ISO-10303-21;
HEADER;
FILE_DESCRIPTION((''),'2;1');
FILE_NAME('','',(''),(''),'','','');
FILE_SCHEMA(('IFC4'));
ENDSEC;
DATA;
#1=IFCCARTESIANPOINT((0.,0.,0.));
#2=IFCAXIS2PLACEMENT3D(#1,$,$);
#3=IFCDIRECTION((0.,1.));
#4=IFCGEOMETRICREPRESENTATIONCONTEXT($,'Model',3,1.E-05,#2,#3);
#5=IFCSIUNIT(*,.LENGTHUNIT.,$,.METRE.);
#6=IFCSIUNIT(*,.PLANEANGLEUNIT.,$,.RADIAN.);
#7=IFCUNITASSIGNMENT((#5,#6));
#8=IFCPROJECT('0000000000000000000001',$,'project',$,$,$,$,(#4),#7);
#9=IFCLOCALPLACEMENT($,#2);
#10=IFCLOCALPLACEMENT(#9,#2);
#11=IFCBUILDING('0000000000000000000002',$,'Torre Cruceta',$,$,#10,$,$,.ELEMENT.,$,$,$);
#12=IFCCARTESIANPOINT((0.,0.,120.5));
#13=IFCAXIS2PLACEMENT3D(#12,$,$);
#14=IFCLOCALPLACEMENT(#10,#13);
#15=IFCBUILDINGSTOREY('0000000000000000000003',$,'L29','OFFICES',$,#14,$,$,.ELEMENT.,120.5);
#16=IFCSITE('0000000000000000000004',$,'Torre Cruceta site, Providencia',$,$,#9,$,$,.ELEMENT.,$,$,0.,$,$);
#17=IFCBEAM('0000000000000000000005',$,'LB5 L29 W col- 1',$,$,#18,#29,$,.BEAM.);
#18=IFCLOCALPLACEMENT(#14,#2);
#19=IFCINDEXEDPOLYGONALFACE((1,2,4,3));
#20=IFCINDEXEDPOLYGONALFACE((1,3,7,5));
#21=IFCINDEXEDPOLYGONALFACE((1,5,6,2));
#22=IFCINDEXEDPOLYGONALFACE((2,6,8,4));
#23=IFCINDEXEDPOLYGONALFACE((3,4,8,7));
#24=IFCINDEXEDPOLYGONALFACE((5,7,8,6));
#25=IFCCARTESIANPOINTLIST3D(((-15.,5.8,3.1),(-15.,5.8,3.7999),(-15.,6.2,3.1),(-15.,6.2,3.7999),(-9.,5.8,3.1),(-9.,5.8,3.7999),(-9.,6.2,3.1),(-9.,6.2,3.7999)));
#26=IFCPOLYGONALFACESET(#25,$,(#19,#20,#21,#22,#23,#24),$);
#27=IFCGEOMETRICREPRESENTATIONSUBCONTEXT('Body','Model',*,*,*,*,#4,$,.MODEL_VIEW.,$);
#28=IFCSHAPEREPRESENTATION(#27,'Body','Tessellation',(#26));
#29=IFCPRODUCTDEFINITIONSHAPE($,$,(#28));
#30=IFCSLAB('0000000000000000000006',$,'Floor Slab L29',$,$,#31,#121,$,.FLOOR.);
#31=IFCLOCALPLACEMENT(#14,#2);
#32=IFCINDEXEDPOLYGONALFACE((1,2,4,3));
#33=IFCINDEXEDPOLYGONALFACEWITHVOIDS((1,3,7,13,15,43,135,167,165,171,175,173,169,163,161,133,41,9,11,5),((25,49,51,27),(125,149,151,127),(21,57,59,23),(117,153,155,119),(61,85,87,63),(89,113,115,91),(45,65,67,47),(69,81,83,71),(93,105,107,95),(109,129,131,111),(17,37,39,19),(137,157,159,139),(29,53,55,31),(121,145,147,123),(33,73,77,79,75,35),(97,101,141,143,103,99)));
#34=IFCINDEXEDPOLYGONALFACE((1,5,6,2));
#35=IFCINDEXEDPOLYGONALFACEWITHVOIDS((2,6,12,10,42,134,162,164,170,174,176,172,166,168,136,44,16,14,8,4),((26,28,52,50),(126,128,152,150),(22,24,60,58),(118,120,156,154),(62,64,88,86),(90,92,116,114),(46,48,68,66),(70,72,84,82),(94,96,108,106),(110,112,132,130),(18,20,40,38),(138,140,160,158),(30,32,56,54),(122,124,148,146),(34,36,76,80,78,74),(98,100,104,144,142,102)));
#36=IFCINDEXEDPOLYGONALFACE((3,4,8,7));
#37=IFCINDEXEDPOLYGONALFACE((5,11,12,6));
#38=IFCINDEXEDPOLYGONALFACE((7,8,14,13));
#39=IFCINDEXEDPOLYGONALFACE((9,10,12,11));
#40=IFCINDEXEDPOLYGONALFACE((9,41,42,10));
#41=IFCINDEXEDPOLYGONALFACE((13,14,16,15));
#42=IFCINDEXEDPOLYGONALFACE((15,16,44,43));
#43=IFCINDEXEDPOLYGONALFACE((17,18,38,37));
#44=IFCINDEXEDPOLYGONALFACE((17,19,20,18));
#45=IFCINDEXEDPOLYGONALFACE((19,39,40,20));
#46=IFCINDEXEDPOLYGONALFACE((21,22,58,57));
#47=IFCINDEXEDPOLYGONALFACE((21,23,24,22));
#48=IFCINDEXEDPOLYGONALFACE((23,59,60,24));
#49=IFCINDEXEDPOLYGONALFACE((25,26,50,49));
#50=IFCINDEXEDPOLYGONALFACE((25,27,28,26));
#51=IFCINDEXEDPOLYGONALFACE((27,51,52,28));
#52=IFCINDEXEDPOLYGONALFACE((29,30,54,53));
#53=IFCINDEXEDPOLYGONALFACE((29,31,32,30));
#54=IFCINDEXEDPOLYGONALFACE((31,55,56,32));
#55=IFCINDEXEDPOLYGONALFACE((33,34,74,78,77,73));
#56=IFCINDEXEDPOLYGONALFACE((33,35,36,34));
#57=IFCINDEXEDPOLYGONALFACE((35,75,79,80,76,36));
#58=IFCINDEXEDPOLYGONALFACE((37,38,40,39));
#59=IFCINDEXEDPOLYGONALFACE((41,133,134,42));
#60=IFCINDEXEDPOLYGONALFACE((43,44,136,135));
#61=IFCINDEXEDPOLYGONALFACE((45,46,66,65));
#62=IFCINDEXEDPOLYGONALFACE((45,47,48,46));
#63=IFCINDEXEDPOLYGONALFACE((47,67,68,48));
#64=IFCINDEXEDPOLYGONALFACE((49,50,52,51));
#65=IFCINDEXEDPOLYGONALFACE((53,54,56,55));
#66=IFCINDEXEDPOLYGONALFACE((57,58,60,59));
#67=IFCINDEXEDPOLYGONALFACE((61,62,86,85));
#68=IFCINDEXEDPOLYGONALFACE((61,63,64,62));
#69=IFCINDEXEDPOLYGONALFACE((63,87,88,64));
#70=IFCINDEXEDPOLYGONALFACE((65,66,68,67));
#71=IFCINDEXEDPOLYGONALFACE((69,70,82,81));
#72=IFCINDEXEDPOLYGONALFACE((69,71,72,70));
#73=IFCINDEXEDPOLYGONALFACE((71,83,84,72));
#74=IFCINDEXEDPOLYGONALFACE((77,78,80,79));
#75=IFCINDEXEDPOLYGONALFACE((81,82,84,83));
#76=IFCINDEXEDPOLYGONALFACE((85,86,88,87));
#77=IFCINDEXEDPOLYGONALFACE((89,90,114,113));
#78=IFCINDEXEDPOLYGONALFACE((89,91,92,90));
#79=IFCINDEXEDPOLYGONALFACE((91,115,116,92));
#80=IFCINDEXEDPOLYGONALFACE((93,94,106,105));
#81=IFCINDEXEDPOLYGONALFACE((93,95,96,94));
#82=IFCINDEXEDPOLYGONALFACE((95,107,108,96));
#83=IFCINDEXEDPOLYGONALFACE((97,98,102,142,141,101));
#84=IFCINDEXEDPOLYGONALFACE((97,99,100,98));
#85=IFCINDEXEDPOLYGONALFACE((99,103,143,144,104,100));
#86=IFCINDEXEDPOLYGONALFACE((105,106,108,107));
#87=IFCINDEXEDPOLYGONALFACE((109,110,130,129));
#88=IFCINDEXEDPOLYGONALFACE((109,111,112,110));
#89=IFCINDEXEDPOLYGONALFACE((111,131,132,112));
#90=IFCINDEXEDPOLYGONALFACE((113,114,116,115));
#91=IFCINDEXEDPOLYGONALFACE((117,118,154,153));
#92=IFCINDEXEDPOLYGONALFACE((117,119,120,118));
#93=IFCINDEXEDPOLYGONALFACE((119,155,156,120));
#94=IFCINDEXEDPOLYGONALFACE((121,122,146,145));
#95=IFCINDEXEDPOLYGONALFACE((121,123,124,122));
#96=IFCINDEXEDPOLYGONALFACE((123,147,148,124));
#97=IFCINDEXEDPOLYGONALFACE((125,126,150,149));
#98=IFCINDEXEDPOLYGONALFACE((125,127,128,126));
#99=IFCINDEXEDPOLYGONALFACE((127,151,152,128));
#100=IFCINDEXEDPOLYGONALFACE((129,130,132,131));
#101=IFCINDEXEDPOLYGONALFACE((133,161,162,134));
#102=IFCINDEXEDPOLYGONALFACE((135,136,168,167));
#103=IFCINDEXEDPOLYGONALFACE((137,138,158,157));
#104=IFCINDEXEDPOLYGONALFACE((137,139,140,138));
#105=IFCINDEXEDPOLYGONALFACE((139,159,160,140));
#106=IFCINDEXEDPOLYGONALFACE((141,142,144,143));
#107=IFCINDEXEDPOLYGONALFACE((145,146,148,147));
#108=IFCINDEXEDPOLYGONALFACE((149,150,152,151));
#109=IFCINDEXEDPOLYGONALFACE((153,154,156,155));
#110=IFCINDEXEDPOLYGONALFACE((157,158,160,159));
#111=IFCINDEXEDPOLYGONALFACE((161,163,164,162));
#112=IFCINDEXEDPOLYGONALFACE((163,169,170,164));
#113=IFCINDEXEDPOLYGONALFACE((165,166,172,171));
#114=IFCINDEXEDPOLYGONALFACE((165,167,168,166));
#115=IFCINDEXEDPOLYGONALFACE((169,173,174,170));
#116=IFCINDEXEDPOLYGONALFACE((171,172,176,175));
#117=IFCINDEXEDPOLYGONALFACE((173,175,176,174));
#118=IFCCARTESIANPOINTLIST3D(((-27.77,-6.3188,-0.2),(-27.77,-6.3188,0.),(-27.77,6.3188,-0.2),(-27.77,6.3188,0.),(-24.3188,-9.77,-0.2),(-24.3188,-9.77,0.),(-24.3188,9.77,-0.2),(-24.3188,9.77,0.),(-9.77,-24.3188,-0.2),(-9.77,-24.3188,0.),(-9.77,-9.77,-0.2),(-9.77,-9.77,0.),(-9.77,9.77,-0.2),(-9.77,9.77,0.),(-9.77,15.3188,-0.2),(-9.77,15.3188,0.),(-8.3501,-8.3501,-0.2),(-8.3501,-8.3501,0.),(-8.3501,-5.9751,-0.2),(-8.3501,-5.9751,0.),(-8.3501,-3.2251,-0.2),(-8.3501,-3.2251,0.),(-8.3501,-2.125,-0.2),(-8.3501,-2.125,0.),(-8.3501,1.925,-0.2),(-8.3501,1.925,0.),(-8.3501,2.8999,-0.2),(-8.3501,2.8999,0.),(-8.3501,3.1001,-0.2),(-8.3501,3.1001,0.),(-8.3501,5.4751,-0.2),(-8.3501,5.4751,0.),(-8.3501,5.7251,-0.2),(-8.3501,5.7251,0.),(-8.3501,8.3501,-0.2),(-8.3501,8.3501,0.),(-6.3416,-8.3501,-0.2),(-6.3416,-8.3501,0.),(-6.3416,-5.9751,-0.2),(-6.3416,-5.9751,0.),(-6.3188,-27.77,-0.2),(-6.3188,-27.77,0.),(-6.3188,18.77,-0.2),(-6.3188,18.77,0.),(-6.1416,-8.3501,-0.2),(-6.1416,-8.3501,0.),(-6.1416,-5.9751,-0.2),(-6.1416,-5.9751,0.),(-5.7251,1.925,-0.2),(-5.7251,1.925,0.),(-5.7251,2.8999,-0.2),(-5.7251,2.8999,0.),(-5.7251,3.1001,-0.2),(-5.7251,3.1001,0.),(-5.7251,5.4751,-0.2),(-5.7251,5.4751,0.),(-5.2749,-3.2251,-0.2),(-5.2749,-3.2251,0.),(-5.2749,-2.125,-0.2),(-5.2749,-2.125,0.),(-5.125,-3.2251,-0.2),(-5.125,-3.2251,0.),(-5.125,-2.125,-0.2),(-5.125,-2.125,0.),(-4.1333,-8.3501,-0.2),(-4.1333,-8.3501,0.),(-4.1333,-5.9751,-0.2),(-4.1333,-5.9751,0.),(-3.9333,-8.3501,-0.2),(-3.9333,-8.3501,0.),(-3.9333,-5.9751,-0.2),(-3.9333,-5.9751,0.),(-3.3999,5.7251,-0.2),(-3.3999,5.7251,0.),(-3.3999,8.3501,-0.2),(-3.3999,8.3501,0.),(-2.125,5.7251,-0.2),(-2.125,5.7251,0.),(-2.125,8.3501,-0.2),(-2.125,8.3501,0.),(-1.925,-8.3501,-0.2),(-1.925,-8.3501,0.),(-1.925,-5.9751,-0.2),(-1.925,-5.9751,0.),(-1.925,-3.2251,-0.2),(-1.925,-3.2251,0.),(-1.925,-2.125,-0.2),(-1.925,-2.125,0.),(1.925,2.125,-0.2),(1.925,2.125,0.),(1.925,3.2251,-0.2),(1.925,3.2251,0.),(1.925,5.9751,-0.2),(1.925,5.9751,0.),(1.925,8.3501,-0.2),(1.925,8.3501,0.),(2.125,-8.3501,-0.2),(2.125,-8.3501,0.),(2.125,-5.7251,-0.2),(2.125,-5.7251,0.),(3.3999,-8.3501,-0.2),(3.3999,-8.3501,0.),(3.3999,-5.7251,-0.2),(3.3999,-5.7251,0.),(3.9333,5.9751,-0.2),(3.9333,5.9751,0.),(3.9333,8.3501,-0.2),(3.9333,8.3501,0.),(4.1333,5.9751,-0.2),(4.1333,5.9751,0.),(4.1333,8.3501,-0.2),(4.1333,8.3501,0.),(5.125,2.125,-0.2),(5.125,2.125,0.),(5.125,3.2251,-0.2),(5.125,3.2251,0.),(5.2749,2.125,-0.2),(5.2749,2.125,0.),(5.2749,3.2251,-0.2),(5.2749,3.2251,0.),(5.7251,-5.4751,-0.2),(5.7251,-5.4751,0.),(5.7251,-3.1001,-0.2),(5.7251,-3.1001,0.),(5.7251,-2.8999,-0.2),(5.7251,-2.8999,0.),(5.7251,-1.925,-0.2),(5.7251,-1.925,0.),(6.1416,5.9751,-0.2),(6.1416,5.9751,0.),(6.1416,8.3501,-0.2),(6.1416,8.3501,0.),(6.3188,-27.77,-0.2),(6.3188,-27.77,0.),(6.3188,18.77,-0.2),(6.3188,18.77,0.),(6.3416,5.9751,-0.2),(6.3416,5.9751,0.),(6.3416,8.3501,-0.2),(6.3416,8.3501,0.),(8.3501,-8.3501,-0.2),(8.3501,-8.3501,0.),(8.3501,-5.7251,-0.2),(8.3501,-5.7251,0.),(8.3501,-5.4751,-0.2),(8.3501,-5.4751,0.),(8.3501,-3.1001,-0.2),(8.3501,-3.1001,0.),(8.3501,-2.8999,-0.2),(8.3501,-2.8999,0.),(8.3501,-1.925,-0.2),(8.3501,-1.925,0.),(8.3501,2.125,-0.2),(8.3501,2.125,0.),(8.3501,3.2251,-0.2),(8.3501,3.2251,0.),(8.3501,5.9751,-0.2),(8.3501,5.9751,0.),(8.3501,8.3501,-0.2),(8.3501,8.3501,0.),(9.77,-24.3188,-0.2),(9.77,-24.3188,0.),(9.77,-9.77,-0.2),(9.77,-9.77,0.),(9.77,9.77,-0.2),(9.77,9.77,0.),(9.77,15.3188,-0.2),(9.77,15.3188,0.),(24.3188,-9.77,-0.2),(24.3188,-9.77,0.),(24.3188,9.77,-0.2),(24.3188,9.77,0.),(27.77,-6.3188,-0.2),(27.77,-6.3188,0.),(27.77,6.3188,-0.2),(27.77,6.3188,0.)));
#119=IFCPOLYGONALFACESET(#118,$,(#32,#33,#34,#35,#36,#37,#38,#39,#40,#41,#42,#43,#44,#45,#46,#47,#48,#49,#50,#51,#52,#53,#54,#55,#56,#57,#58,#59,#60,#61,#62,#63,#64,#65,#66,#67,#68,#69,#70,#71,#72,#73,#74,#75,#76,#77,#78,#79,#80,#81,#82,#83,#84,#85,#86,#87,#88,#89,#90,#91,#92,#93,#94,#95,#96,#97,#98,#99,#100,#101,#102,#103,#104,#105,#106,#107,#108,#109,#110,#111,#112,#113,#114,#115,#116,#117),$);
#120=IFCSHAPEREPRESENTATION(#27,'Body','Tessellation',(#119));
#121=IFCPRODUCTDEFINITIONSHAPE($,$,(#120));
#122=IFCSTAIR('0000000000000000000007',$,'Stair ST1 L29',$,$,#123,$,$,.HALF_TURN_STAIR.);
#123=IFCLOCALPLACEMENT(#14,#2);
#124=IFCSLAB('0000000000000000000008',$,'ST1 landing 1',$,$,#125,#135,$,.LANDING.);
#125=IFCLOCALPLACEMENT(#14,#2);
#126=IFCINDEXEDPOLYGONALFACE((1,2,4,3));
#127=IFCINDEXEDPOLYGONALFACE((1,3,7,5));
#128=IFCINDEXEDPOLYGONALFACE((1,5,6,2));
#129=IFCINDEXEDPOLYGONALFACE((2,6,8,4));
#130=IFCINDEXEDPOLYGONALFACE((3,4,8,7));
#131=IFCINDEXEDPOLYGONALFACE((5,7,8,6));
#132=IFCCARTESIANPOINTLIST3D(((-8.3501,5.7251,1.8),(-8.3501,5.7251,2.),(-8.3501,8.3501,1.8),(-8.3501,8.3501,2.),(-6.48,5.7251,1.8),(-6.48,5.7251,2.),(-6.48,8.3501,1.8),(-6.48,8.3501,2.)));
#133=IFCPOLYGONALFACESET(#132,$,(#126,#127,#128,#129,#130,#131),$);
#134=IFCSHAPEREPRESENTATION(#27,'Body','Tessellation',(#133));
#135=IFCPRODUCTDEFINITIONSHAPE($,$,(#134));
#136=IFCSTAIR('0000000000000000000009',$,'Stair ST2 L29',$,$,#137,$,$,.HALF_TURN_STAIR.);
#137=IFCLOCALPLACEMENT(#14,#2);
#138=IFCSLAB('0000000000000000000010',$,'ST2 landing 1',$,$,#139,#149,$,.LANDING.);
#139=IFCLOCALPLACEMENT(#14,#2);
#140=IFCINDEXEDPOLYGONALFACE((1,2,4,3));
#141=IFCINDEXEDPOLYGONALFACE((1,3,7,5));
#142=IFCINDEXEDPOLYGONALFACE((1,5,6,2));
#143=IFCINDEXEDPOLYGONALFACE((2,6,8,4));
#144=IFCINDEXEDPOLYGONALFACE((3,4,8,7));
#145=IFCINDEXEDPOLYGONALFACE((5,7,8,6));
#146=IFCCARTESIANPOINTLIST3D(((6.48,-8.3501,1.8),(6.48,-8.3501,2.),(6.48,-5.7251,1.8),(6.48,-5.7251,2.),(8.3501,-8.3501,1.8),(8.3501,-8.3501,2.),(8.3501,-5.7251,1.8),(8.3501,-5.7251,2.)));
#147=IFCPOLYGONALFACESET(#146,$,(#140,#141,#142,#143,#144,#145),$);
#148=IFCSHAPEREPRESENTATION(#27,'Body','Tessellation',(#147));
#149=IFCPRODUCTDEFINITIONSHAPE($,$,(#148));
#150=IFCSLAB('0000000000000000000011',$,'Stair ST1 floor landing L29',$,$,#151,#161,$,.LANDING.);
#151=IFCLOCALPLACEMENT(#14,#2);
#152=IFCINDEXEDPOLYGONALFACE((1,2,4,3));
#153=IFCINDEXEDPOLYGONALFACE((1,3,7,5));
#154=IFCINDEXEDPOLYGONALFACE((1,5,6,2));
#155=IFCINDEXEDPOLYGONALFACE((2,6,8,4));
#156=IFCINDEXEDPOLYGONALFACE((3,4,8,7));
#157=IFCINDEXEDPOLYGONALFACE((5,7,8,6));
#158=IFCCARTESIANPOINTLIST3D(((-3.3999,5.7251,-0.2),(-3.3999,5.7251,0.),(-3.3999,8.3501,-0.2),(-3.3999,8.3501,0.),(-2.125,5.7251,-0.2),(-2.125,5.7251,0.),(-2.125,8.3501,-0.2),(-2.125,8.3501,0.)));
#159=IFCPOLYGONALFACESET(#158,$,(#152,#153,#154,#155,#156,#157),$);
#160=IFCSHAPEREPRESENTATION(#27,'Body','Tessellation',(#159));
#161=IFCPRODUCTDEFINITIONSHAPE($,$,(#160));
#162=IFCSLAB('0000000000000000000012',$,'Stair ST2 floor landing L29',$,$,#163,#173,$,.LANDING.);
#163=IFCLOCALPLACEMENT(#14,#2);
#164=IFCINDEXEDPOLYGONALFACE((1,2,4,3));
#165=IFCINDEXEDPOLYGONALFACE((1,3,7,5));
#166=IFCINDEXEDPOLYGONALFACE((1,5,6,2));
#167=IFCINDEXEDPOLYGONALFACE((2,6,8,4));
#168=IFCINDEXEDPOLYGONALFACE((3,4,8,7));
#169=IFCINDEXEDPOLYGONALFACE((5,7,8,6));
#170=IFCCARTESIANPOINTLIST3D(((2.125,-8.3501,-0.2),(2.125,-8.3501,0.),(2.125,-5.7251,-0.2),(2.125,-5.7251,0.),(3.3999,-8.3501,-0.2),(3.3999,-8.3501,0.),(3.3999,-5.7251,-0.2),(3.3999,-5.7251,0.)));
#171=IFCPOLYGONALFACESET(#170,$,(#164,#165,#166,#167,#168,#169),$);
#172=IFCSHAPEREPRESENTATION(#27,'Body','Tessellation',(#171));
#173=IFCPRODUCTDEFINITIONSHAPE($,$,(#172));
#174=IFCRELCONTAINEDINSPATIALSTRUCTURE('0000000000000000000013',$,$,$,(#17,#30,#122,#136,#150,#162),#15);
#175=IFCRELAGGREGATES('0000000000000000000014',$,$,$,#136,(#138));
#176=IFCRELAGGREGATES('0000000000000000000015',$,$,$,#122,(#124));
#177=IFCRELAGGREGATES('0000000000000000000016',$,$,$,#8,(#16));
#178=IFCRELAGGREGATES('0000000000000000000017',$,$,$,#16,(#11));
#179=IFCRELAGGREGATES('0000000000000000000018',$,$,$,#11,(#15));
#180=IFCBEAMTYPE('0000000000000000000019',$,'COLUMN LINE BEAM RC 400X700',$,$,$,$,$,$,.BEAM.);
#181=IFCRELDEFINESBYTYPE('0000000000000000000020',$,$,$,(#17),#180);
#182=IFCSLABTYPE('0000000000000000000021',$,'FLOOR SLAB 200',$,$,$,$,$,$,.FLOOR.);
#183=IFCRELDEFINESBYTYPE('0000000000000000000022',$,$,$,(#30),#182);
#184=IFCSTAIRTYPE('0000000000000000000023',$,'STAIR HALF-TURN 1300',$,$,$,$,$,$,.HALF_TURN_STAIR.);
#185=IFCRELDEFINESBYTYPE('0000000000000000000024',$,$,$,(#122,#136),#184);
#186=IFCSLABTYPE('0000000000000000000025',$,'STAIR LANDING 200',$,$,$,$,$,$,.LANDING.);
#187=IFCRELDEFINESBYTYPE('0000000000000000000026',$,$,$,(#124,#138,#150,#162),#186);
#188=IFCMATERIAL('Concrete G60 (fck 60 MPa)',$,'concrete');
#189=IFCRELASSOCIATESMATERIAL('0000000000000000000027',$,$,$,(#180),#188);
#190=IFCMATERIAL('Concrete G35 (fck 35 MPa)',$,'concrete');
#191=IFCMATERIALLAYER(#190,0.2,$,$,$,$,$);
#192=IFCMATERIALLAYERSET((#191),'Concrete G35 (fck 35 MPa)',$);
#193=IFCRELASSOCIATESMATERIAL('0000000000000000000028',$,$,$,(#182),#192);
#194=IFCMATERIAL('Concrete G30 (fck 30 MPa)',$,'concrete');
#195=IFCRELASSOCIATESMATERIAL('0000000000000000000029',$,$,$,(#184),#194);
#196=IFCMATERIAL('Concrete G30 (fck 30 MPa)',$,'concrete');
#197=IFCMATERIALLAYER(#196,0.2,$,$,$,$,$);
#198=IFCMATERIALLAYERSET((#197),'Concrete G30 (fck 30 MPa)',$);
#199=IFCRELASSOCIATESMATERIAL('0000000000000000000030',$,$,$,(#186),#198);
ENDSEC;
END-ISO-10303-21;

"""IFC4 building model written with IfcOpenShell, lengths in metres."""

from ifc_helpers import new_model, si_unit, direction, frame, origin, origin_2d, place, context, subcontext, project, spatial, polyline, rectangle, outline, extrude, material, layer, layer_set, material_profile, profile_set, type_object, element, aggregate, save


model = new_model("IFC4")

# Units and contexts
model_context = context("Model", 3, precision=1e-05, world=origin(), true_north=direction((0.0, 1.0)))
body_context = subcontext(model_context, "Body", "Model", "MODEL_VIEW")
ifc_project = project(units=[si_unit("LENGTHUNIT", "METRE"), si_unit("PLANEANGLEUNIT", "RADIAN")], contexts=[model_context])

# Site, building, storey
site_placement = place(None, origin())
site = spatial("IfcSite", under=ifc_project, at=site_placement, Name="Torre Cruceta site, Providencia", CompositionType="ELEMENT", RefElevation=0.0)
building_placement = place(site_placement, origin())
building = spatial("IfcBuilding", under=site, at=building_placement, Name="Torre Cruceta", CompositionType="ELEMENT")
storey_placement = place(building_placement, frame((0.0, 0.0, 120.5)))
storey = spatial("IfcBuildingStorey", under=building, at=storey_placement, Name="L29", Description="OFFICES", CompositionType="ELEMENT", Elevation=120.5)

# Beam
ifc_material_1 = material(Name="Concrete G60 (fck 60 MPa)", Category="concrete")
ifc_material_profile = material_profile(ifc_material_1, rectangle(XDim=0.3999, YDim=0.7, at=origin_2d()), Name="RC 400X700")
ifc_profile_set = profile_set([ifc_material_profile], Name="Concrete G60 (fck 60 MPa)")
beam_type = type_object("IfcBeamType", Name="COLUMN LINE BEAM RC 400X700", PredefinedType="BEAM", material=ifc_profile_set)
beam_placement = place(storey_placement, frame((-9.0, 6.0, 3.45), z_axis=(-1.0, 0.0, 0.0), x_axis=(0.0, -1.0, 0.0)))
element("IfcBeam", 1, at=beam_placement, inside=storey, type_object=beam_type, Name="LB5 L29 W col- 1", PredefinedType="BEAM", context=body_context, shape_type="SweptSolid", body=[
    extrude(rectangle(XDim=0.3999, YDim=0.7, at=origin_2d()), origin(), (0.0, 0.0, 1.0), 6.0),
])

# Slab
ifc_material_2 = material(Name="Concrete G35 (fck 35 MPa)", Category="concrete")
ifc_layer_1 = layer(ifc_material_2, 0.2)
ifc_layer_set_1 = layer_set([ifc_layer_1], Name="Concrete G35 (fck 35 MPa)")
slab_type_1 = type_object("IfcSlabType", Name="FLOOR SLAB 200", PredefinedType="FLOOR", material=ifc_layer_set_1)
slab_1_placement = place(storey_placement, frame((0.0, 0.0, -0.2)))
element("IfcSlab", 2, at=slab_1_placement, inside=storey, type_object=slab_type_1, Name="Floor Slab L29", PredefinedType="FLOOR", context=body_context, shape_type="SweptSolid", body=[
    extrude(outline(polyline([(9.77, -9.77), (9.77, -24.3188), (6.3188, -27.77), (-6.3188, -27.77), (-9.77, -24.3188), (-9.77, -9.77), (-24.3188, -9.77), (-27.77, -6.3188), (-27.77, 6.3188), (-24.3188, 9.77), (-9.77, 9.77), (-9.77, 15.3188), (-6.3188, 18.77), (6.3188, 18.77), (9.77, 15.3188), (9.77, 9.77), (24.3188, 9.77), (27.77, 6.3188), (27.77, -6.3188), (24.3188, -9.77), (9.77, -9.77)]), holes=[polyline([(1.925, 5.9751), (3.9333, 5.9751), (3.9333, 8.3501), (1.925, 8.3501), (1.925, 5.9751)]), polyline([(4.1333, 5.9751), (6.1416, 5.9751), (6.1416, 8.3501), (4.1333, 8.3501), (4.1333, 5.9751)]), polyline([(6.3416, 5.9751), (8.3501, 5.9751), (8.3501, 8.3501), (6.3416, 8.3501), (6.3416, 5.9751)]), polyline([(1.925, 2.125), (5.125, 2.125), (5.125, 3.2251), (1.925, 3.2251), (1.925, 2.125)]), polyline([(5.2749, 2.125), (8.3501, 2.125), (8.3501, 3.2251), (5.2749, 3.2251), (5.2749, 2.125)]), polyline([(-8.3501, 3.1001), (-5.7251, 3.1001), (-5.7251, 5.4751), (-8.3501, 5.4751), (-8.3501, 3.1001)]), polyline([(-8.3501, 1.925), (-5.7251, 1.925), (-5.7251, 2.8999), (-8.3501, 2.8999), (-8.3501, 1.925)]), polyline([(-3.9333, -8.3501), (-1.925, -8.3501), (-1.925, -5.9751), (-3.9333, -5.9751), (-3.9333, -8.3501)]), polyline([(-6.1416, -8.3501), (-4.1333, -8.3501), (-4.1333, -5.9751), (-6.1416, -5.9751), (-6.1416, -8.3501)]), polyline([(-8.3501, -8.3501), (-6.3416, -8.3501), (-6.3416, -5.9751), (-8.3501, -5.9751), (-8.3501, -8.3501)]), polyline([(-5.125, -3.2251), (-1.925, -3.2251), (-1.925, -2.125), (-5.125, -2.125), (-5.125, -3.2251)]), polyline([(-8.3501, -3.2251), (-5.2749, -3.2251), (-5.2749, -2.125), (-8.3501, -2.125), (-8.3501, -3.2251)]), polyline([(5.7251, -5.4751), (8.3501, -5.4751), (8.3501, -3.1001), (5.7251, -3.1001), (5.7251, -5.4751)]), polyline([(5.7251, -2.8999), (8.3501, -2.8999), (8.3501, -1.925), (5.7251, -1.925), (5.7251, -2.8999)]), polyline([(-8.3501, 5.7251), (-8.3501, 8.3501), (-3.3999, 8.3501), (-2.125, 8.3501), (-2.125, 5.7251), (-3.3999, 5.7251), (-8.3501, 5.7251)]), polyline([(2.125, -5.7251), (3.3999, -5.7251), (8.3501, -5.7251), (8.3501, -8.3501), (3.3999, -8.3501), (2.125, -8.3501), (2.125, -5.7251)])]), origin(), (0.0, 0.0, 1.0), 0.2),
])

# Stairs, slabs
ifc_material_3 = material(Name="Concrete G30 (fck 30 MPa)", Category="concrete")
stair_type = type_object("IfcStairType", Name="STAIR HALF-TURN 1300", PredefinedType="HALF_TURN_STAIR", material=ifc_material_3)
stair_1_placement = place(storey_placement, origin())
stair_1 = element("IfcStair", 3, at=stair_1_placement, inside=storey, type_object=stair_type, Name="Stair ST1 L29", PredefinedType="HALF_TURN_STAIR")
ifc_material_4 = material(Name="Concrete G30 (fck 30 MPa)", Category="concrete")
ifc_layer_2 = layer(ifc_material_4, 0.2)
ifc_layer_set_2 = layer_set([ifc_layer_2], Name="Concrete G30 (fck 30 MPa)")
slab_type_2 = type_object("IfcSlabType", Name="STAIR LANDING 200", PredefinedType="LANDING", material=ifc_layer_set_2)
slab_2_placement = place(storey_placement, frame((0.0, 0.0, 1.8)))
slab_2 = element("IfcSlab", 4, at=slab_2_placement, type_object=slab_type_2, Name="ST1 landing 1", PredefinedType="LANDING", context=body_context, shape_type="SweptSolid", body=[
    extrude(outline(polyline([(-8.3501, 5.7251), (-6.48, 5.7251), (-6.48, 8.3501), (-8.3501, 8.3501), (-8.3501, 5.7251)])), origin(), (0.0, 0.0, 1.0), 0.2),
])
stair_2_placement = place(storey_placement, origin())
stair_2 = element("IfcStair", 5, at=stair_2_placement, inside=storey, type_object=stair_type, Name="Stair ST2 L29", PredefinedType="HALF_TURN_STAIR")
slab_3_placement = place(storey_placement, frame((0.0, 0.0, 1.8)))
slab_3 = element("IfcSlab", 6, at=slab_3_placement, type_object=slab_type_2, Name="ST2 landing 1", PredefinedType="LANDING", context=body_context, shape_type="SweptSolid", body=[
    extrude(outline(polyline([(6.48, -8.3501), (8.3501, -8.3501), (8.3501, -5.7251), (6.48, -5.7251), (6.48, -8.3501)])), origin(), (0.0, 0.0, 1.0), 0.2),
])
aggregate(stair_2, [slab_3])

# Slabs
slab_4_placement = place(storey_placement, frame((0.0, 0.0, -0.2)))
element("IfcSlab", 7, at=slab_4_placement, inside=storey, type_object=slab_type_2, Name="Stair ST1 floor landing L29", PredefinedType="LANDING", context=body_context, shape_type="SweptSolid", body=[
    extrude(outline(polyline([(-2.125, 8.3501), (-2.125, 5.7251), (-3.3999, 5.7251), (-3.3999, 8.3501), (-2.125, 8.3501)])), origin(), (0.0, 0.0, 1.0), 0.2),
])
slab_5_placement = place(storey_placement, frame((0.0, 0.0, -0.2)))
element("IfcSlab", 8, at=slab_5_placement, inside=storey, type_object=slab_type_2, Name="Stair ST2 floor landing L29", PredefinedType="LANDING", context=body_context, shape_type="SweptSolid", body=[
    extrude(outline(polyline([(2.125, -8.3501), (2.125, -5.7251), (3.3999, -5.7251), (3.3999, -8.3501), (2.125, -8.3501)])), origin(), (0.0, 0.0, 1.0), 0.2),
])

aggregate(stair_1, [slab_2])

save(model, "model.ifc")
